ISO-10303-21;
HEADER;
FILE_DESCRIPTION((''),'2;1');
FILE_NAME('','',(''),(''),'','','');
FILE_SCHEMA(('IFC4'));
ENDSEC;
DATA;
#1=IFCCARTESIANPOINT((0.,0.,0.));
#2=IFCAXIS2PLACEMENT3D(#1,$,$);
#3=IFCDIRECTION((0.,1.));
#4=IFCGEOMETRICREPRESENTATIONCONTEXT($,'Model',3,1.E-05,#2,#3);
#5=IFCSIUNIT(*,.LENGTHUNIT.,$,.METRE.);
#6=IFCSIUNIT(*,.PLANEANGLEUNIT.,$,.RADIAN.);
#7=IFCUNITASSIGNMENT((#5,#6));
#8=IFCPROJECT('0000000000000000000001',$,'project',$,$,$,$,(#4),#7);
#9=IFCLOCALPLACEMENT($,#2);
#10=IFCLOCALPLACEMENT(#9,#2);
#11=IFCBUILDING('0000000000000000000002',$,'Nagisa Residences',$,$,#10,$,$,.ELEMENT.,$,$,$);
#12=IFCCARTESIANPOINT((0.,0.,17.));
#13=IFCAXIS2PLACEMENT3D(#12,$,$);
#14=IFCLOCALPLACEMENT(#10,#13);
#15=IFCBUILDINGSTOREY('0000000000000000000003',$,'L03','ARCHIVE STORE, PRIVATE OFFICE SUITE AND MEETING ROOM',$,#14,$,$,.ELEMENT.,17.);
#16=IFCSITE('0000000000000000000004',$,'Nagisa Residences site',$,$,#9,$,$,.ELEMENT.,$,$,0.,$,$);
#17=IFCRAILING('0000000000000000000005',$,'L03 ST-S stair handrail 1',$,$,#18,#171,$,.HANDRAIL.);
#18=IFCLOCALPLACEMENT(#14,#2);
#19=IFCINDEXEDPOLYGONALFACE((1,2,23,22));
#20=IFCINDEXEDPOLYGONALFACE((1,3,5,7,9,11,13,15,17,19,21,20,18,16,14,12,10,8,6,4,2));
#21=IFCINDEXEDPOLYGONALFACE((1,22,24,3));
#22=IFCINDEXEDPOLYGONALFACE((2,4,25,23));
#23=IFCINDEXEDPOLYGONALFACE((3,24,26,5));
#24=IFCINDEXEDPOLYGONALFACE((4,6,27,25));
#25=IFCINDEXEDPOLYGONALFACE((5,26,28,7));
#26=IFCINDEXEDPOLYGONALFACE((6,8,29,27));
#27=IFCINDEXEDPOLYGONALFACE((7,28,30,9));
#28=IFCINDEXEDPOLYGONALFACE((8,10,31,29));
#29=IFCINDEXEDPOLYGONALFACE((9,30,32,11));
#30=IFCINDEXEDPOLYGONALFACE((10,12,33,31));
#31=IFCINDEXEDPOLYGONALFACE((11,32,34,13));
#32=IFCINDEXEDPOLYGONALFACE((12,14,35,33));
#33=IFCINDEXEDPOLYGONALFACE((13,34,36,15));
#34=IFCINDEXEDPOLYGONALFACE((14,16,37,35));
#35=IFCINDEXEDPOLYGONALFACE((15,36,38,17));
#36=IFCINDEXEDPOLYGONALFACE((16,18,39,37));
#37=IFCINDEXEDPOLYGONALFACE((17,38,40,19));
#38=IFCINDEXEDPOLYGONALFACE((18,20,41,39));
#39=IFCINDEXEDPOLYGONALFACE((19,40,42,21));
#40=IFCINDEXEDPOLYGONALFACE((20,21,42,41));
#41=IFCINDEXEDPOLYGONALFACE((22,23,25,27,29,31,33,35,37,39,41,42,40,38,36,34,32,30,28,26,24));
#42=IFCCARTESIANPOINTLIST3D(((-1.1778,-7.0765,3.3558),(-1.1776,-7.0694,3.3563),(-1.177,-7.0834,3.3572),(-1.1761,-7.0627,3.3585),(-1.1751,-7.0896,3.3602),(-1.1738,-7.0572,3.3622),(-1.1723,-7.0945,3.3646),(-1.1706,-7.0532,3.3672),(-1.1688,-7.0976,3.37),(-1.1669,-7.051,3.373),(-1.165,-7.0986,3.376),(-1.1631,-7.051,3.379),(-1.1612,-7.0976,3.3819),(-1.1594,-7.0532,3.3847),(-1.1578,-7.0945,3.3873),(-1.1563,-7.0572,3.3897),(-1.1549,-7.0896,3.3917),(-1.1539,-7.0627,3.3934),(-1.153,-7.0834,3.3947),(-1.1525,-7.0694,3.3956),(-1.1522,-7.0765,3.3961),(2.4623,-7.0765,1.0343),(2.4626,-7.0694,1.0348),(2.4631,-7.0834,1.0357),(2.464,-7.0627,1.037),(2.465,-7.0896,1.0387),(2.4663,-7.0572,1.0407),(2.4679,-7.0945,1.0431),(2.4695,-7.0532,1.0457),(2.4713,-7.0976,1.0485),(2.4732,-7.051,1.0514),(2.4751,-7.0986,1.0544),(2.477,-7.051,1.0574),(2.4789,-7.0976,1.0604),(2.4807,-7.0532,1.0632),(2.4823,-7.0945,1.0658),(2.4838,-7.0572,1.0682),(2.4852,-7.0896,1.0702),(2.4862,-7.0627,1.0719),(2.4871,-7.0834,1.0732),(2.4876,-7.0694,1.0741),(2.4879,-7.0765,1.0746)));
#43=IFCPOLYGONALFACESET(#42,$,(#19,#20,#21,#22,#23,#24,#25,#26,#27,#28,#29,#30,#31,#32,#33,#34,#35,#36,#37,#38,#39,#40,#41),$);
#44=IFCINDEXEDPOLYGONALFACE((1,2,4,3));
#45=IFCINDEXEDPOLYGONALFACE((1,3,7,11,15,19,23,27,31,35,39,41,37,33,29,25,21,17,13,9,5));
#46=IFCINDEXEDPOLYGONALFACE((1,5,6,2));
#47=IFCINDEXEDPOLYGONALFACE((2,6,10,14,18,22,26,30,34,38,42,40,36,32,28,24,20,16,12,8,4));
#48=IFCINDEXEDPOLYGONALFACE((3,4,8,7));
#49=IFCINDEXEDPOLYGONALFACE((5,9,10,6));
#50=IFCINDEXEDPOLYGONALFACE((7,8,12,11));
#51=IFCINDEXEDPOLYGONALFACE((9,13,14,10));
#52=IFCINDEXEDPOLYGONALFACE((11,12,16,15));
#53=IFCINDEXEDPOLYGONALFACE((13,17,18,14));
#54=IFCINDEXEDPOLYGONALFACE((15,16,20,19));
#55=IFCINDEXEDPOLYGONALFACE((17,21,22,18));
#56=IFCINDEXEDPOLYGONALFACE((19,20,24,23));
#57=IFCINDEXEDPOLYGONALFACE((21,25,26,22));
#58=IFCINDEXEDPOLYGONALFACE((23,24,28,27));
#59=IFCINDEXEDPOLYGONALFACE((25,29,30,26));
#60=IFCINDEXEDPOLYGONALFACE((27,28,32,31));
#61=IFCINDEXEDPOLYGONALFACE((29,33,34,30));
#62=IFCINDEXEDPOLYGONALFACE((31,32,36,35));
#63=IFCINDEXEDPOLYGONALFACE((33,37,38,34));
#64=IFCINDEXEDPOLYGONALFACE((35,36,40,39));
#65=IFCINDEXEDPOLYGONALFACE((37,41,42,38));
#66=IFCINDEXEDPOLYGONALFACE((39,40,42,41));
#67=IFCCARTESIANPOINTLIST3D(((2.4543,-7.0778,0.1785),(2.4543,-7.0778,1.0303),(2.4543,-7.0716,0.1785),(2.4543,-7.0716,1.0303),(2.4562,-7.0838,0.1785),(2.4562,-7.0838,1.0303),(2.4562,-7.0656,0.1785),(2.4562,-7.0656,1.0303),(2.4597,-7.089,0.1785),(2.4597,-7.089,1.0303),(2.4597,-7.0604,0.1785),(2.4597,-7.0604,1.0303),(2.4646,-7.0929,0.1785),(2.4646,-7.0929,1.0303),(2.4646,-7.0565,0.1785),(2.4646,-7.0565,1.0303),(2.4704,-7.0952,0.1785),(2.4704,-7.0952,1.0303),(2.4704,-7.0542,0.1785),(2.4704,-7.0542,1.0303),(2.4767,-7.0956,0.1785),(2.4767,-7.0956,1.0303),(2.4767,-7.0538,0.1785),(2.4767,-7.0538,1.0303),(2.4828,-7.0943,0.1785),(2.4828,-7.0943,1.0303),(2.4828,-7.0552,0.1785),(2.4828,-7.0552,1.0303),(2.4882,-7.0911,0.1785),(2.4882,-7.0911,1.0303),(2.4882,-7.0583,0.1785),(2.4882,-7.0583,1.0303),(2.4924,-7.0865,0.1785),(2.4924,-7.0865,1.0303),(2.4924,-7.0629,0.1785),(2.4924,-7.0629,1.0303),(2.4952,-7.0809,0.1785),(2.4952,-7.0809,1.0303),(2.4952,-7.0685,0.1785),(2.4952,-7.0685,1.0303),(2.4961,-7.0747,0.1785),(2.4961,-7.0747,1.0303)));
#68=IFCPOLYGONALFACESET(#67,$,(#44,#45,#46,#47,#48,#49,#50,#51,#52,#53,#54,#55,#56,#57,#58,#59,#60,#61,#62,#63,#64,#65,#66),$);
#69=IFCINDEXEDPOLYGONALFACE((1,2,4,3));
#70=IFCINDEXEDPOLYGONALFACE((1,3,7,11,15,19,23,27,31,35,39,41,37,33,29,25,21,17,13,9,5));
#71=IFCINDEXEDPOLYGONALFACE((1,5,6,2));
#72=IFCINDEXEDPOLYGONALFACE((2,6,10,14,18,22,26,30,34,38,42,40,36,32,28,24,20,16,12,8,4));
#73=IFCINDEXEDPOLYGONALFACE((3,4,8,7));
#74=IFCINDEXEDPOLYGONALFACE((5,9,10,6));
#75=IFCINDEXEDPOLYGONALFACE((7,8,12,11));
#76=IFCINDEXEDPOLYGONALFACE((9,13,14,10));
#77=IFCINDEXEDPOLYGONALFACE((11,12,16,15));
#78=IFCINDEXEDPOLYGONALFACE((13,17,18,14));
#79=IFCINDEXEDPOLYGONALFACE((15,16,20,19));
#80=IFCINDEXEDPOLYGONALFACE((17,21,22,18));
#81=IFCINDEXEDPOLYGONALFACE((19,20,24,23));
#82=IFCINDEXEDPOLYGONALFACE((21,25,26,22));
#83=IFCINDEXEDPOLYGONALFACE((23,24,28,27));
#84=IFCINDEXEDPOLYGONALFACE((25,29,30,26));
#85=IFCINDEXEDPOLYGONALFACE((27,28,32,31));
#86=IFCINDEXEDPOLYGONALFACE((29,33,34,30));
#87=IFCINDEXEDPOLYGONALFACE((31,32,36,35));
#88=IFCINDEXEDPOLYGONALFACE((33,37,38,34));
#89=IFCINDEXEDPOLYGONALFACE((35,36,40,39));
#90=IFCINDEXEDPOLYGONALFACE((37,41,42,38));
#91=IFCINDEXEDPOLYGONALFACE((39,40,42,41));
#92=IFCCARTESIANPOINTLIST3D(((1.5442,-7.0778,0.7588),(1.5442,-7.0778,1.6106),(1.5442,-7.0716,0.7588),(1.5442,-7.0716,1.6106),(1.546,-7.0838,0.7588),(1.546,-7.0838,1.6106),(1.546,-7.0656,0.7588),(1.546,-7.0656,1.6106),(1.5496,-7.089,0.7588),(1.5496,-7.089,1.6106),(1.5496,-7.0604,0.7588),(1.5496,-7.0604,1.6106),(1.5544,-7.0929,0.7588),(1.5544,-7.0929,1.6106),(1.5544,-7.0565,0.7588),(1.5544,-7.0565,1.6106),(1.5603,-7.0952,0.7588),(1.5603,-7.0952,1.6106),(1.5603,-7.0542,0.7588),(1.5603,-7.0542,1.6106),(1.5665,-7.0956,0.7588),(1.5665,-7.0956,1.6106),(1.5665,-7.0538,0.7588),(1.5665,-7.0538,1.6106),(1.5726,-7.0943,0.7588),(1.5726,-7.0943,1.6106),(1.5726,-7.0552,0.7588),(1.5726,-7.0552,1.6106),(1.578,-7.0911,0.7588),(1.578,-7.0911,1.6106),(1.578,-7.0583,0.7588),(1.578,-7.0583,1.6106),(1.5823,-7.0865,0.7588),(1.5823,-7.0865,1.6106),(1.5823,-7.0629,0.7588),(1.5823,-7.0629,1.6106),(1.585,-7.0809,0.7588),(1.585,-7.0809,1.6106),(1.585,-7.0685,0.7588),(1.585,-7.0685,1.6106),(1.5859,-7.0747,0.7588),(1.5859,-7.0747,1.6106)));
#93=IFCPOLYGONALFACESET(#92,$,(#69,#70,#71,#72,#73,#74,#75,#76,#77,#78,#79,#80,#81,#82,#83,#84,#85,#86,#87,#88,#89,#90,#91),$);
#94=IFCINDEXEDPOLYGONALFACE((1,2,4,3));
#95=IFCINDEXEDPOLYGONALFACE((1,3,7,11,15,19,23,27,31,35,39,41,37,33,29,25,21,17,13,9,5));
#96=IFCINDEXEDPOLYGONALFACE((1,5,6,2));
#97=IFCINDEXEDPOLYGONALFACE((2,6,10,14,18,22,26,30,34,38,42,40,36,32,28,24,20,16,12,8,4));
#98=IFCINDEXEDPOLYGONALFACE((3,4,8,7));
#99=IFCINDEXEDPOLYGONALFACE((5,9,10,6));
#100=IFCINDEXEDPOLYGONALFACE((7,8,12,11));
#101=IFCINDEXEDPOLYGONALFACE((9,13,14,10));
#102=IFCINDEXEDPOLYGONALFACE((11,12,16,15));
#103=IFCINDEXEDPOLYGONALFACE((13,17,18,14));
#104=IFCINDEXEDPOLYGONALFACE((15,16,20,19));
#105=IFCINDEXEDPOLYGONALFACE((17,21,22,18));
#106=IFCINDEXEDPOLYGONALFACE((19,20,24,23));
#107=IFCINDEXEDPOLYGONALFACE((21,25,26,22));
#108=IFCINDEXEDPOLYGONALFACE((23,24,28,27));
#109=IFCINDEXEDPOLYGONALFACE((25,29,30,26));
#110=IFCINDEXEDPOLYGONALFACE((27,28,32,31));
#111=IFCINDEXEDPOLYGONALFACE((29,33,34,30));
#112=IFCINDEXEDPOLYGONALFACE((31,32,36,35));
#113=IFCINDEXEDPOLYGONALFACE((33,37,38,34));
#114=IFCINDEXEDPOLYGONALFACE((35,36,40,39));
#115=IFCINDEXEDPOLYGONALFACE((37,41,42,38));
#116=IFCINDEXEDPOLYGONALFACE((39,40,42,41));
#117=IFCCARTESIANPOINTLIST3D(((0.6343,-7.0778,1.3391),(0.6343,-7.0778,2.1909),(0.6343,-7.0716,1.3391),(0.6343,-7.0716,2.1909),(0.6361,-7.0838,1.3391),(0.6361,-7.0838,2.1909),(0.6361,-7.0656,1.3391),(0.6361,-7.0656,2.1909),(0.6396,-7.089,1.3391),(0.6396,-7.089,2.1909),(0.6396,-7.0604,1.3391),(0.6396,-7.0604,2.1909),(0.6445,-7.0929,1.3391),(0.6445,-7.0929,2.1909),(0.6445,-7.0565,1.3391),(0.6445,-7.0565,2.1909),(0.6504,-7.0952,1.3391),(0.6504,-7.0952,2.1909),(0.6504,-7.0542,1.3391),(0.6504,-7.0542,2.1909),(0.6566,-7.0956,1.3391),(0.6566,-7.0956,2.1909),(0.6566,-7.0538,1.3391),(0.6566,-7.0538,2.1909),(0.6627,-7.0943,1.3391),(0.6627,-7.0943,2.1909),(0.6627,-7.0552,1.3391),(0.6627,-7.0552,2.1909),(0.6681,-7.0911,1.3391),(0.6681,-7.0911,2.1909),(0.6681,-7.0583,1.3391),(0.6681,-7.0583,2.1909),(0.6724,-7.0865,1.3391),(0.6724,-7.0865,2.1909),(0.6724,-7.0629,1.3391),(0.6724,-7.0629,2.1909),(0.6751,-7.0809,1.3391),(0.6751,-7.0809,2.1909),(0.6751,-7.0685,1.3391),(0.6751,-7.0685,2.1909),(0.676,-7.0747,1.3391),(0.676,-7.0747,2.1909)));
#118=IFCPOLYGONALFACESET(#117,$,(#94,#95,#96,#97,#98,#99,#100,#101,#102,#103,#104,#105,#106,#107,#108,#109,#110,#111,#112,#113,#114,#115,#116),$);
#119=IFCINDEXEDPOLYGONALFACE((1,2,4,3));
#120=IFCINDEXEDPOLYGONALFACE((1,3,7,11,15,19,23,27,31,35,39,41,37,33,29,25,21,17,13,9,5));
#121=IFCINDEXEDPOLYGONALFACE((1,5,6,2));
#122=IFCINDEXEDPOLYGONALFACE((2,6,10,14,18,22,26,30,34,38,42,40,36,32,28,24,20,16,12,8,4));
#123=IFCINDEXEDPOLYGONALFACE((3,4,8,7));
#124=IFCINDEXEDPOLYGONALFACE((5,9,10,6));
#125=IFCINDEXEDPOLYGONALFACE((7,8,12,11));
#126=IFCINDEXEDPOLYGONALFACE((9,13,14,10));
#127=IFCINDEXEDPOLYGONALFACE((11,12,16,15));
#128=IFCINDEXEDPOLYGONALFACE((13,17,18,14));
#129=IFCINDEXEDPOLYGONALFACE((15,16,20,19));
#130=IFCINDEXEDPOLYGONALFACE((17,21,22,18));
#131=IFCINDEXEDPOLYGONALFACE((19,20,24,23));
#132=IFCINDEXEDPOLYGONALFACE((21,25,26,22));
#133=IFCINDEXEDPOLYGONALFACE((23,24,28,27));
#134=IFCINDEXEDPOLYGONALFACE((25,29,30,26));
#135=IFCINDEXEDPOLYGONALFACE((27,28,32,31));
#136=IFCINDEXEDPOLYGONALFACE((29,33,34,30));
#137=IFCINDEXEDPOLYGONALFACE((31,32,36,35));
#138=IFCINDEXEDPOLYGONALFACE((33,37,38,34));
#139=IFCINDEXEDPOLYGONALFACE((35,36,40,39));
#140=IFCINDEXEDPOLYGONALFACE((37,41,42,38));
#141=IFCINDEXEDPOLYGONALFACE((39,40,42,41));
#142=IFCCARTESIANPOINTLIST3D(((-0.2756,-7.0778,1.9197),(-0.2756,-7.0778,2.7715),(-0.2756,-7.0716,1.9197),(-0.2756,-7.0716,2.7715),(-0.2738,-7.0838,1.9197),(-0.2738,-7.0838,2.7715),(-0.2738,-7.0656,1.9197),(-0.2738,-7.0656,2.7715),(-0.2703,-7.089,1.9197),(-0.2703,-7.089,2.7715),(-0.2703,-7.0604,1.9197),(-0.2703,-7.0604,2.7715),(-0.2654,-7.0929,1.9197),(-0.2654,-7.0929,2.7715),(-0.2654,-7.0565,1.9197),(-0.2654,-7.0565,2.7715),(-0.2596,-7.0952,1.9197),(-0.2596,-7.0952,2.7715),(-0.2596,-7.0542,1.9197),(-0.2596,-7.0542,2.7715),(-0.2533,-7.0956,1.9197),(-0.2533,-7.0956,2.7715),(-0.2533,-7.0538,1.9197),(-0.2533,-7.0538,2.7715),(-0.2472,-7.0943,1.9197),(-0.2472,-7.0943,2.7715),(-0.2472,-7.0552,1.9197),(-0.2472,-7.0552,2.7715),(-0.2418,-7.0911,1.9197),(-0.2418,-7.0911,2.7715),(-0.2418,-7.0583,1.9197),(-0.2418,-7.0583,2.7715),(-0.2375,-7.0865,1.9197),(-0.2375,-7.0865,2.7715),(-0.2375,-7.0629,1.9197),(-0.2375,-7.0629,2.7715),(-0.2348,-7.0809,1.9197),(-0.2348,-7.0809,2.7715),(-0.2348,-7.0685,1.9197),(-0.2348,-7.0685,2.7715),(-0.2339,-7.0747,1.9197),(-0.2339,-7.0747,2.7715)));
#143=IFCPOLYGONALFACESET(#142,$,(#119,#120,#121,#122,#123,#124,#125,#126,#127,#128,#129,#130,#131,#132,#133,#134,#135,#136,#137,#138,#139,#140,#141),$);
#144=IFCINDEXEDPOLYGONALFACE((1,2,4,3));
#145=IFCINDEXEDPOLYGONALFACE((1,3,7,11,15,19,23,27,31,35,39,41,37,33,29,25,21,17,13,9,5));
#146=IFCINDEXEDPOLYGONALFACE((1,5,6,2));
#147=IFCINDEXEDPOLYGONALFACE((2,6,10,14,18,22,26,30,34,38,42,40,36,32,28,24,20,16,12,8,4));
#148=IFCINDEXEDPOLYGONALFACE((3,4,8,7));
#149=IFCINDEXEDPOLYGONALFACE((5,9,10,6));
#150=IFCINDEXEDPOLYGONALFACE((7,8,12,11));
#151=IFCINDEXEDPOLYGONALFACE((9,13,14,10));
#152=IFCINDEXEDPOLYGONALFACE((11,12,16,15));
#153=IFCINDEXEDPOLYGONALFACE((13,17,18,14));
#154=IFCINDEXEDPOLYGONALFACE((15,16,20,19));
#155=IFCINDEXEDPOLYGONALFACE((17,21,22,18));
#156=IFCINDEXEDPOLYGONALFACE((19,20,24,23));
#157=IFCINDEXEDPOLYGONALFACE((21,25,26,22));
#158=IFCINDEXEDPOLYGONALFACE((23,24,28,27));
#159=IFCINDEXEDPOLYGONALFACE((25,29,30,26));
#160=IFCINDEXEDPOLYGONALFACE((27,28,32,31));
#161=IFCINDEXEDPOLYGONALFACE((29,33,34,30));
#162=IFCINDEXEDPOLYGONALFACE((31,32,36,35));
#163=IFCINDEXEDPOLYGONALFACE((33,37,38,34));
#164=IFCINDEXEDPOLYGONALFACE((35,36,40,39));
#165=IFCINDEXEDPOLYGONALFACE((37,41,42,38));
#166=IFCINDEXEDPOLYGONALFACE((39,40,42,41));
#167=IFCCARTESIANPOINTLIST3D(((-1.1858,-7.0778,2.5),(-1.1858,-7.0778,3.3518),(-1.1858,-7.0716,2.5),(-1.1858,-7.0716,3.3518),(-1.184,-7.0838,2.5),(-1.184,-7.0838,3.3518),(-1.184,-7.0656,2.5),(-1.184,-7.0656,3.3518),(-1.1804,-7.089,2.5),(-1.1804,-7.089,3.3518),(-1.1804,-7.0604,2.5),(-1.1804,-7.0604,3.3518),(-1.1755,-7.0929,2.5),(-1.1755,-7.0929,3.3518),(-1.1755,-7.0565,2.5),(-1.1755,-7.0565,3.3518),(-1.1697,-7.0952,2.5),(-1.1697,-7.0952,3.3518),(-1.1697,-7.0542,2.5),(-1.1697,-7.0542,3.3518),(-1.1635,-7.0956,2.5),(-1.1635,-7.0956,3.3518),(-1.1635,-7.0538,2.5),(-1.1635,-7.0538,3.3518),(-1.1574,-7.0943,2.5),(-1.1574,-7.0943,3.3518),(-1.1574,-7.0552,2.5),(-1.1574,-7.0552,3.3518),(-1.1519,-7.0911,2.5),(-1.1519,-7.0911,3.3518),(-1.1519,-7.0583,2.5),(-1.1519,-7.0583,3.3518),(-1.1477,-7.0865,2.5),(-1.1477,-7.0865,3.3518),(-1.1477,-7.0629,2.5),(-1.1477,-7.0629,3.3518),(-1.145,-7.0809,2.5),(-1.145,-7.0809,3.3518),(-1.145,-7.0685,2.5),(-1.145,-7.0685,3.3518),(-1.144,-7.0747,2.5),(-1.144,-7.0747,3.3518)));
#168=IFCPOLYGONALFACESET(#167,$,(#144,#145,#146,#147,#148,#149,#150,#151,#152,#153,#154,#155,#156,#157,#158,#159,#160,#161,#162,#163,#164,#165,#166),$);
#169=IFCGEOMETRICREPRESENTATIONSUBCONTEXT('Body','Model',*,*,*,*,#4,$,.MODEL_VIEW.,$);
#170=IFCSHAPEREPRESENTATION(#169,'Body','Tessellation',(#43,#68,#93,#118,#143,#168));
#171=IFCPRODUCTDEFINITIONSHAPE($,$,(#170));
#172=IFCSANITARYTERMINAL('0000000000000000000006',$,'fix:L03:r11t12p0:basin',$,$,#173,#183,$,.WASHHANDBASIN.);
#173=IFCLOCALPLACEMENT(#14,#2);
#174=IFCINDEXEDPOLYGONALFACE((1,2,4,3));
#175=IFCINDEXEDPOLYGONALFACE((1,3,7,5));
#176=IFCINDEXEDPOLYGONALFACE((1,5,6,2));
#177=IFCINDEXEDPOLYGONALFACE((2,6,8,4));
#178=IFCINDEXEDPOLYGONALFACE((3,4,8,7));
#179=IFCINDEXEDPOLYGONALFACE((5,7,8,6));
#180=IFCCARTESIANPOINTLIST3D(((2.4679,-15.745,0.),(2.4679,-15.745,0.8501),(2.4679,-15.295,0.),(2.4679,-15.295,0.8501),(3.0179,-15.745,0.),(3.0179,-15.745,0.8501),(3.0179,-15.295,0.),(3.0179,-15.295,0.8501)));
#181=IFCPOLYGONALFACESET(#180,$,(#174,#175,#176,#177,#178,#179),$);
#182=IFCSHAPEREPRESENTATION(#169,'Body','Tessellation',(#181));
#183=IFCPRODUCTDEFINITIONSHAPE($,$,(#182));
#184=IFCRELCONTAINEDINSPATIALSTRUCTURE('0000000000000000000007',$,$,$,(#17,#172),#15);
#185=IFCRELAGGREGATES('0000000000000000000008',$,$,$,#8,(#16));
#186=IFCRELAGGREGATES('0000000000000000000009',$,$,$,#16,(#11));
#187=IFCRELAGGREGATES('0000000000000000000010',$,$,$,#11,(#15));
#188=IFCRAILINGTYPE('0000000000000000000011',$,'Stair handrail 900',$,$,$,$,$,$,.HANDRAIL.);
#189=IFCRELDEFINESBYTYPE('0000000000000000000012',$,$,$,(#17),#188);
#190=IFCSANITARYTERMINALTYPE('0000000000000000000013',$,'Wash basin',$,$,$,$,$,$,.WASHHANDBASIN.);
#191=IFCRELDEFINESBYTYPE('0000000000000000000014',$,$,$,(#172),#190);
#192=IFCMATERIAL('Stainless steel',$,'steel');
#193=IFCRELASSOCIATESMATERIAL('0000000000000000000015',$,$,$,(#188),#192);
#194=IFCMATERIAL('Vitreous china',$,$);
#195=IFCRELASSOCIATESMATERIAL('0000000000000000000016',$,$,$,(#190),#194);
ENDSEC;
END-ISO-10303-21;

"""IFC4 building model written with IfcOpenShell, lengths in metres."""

from ifc_helpers import new_model, si_unit, direction, frame, origin, origin_2d, place, context, subcontext, project, spatial, rectangle, circle, extrude, material, type_object, element, save


model = new_model("IFC4")

# Units and contexts
model_context = context("Model", 3, precision=1e-05, world=origin(), true_north=direction((0.0, 1.0)))
body_context = subcontext(model_context, "Body", "Model", "MODEL_VIEW")
ifc_project = project(units=[si_unit("LENGTHUNIT", "METRE"), si_unit("PLANEANGLEUNIT", "RADIAN")], contexts=[model_context])

# Site, building, storey
site_placement = place(None, origin())
site = spatial("IfcSite", under=ifc_project, at=site_placement, Name="Nagisa Residences site", CompositionType="ELEMENT", RefElevation=0.0)
building_placement = place(site_placement, origin())
building = spatial("IfcBuilding", under=site, at=building_placement, Name="Nagisa Residences", CompositionType="ELEMENT")
storey_placement = place(building_placement, frame((0.0, 0.0, 17.0)))
storey = spatial("IfcBuildingStorey", under=building, at=storey_placement, Name="L03", Description="ARCHIVE STORE, PRIVATE OFFICE SUITE AND MEETING ROOM", CompositionType="ELEMENT", Elevation=17.0)

# Railing
ifc_material_1 = material(Name="Stainless steel", Category="steel")
railing_type_1 = type_object("IfcRailingType", Name="Stair handrail 900", PredefinedType="HANDRAIL", material=ifc_material_1)
railing_1_placement = place(storey_placement, frame((2.4751, -7.0747, 0.1785)))
element("IfcRailing", 1, at=railing_1_placement, inside=storey, type_object=railing_type_1, Name="L03 ST-S stair handrail 1", PredefinedType="HANDRAIL", context=body_context, shape_type="SweptSolid", body=[
    extrude(circle(Radius=0.0239, at=origin_2d()), frame((0.0, 0.0, 0.876), z_axis=(-0.843128, 0.0, 0.537713), x_axis=(0.0, -1.0, 0.0)), (0.0, 0.0, 1.0), 4.3174),
    extrude(circle(Radius=0.021, at=origin_2d()), origin(), (0.0, 0.0, 1.0), 0.8518),
    extrude(circle(Radius=0.021, at=origin_2d()), frame((-0.9102, 0.0, 0.5803)), (0.0, 0.0, 1.0), 0.8518),
    extrude(circle(Radius=0.021, at=origin_2d()), frame((-1.8201, 0.0, 1.1606)), (0.0, 0.0, 1.0), 0.8518),
    extrude(circle(Radius=0.021, at=origin_2d()), frame((-2.73, 0.0, 1.7412)), (0.0, 0.0, 1.0), 0.8518),
    extrude(circle(Radius=0.021, at=origin_2d()), frame((-3.6401, 0.0, 2.3215)), (0.0, 0.0, 1.0), 0.8518),
])

# Sanitary terminal
ifc_material_2 = material(Name="Vitreous china")
sanitary_terminal_type = type_object("IfcSanitaryTerminalType", Name="Wash basin", PredefinedType="WASHHANDBASIN", material=ifc_material_2)
sanitary_terminal_placement = place(storey_placement, frame((2.7429, -15.52, 0.0), z_axis=(0.0, 0.0, 1.0), x_axis=(1.0, 0.0, 0.0)))
element("IfcSanitaryTerminal", 2, at=sanitary_terminal_placement, inside=storey, type_object=sanitary_terminal_type, Name="fix:L03:r11t12p0:basin", PredefinedType="WASHHANDBASIN", context=body_context, shape_type="SweptSolid", body=[
    extrude(rectangle(XDim=0.55, YDim=0.45, at=origin_2d()), origin(), (0.0, 0.0, 1.0), 0.8501),
])

save(model, "model.ifc")
